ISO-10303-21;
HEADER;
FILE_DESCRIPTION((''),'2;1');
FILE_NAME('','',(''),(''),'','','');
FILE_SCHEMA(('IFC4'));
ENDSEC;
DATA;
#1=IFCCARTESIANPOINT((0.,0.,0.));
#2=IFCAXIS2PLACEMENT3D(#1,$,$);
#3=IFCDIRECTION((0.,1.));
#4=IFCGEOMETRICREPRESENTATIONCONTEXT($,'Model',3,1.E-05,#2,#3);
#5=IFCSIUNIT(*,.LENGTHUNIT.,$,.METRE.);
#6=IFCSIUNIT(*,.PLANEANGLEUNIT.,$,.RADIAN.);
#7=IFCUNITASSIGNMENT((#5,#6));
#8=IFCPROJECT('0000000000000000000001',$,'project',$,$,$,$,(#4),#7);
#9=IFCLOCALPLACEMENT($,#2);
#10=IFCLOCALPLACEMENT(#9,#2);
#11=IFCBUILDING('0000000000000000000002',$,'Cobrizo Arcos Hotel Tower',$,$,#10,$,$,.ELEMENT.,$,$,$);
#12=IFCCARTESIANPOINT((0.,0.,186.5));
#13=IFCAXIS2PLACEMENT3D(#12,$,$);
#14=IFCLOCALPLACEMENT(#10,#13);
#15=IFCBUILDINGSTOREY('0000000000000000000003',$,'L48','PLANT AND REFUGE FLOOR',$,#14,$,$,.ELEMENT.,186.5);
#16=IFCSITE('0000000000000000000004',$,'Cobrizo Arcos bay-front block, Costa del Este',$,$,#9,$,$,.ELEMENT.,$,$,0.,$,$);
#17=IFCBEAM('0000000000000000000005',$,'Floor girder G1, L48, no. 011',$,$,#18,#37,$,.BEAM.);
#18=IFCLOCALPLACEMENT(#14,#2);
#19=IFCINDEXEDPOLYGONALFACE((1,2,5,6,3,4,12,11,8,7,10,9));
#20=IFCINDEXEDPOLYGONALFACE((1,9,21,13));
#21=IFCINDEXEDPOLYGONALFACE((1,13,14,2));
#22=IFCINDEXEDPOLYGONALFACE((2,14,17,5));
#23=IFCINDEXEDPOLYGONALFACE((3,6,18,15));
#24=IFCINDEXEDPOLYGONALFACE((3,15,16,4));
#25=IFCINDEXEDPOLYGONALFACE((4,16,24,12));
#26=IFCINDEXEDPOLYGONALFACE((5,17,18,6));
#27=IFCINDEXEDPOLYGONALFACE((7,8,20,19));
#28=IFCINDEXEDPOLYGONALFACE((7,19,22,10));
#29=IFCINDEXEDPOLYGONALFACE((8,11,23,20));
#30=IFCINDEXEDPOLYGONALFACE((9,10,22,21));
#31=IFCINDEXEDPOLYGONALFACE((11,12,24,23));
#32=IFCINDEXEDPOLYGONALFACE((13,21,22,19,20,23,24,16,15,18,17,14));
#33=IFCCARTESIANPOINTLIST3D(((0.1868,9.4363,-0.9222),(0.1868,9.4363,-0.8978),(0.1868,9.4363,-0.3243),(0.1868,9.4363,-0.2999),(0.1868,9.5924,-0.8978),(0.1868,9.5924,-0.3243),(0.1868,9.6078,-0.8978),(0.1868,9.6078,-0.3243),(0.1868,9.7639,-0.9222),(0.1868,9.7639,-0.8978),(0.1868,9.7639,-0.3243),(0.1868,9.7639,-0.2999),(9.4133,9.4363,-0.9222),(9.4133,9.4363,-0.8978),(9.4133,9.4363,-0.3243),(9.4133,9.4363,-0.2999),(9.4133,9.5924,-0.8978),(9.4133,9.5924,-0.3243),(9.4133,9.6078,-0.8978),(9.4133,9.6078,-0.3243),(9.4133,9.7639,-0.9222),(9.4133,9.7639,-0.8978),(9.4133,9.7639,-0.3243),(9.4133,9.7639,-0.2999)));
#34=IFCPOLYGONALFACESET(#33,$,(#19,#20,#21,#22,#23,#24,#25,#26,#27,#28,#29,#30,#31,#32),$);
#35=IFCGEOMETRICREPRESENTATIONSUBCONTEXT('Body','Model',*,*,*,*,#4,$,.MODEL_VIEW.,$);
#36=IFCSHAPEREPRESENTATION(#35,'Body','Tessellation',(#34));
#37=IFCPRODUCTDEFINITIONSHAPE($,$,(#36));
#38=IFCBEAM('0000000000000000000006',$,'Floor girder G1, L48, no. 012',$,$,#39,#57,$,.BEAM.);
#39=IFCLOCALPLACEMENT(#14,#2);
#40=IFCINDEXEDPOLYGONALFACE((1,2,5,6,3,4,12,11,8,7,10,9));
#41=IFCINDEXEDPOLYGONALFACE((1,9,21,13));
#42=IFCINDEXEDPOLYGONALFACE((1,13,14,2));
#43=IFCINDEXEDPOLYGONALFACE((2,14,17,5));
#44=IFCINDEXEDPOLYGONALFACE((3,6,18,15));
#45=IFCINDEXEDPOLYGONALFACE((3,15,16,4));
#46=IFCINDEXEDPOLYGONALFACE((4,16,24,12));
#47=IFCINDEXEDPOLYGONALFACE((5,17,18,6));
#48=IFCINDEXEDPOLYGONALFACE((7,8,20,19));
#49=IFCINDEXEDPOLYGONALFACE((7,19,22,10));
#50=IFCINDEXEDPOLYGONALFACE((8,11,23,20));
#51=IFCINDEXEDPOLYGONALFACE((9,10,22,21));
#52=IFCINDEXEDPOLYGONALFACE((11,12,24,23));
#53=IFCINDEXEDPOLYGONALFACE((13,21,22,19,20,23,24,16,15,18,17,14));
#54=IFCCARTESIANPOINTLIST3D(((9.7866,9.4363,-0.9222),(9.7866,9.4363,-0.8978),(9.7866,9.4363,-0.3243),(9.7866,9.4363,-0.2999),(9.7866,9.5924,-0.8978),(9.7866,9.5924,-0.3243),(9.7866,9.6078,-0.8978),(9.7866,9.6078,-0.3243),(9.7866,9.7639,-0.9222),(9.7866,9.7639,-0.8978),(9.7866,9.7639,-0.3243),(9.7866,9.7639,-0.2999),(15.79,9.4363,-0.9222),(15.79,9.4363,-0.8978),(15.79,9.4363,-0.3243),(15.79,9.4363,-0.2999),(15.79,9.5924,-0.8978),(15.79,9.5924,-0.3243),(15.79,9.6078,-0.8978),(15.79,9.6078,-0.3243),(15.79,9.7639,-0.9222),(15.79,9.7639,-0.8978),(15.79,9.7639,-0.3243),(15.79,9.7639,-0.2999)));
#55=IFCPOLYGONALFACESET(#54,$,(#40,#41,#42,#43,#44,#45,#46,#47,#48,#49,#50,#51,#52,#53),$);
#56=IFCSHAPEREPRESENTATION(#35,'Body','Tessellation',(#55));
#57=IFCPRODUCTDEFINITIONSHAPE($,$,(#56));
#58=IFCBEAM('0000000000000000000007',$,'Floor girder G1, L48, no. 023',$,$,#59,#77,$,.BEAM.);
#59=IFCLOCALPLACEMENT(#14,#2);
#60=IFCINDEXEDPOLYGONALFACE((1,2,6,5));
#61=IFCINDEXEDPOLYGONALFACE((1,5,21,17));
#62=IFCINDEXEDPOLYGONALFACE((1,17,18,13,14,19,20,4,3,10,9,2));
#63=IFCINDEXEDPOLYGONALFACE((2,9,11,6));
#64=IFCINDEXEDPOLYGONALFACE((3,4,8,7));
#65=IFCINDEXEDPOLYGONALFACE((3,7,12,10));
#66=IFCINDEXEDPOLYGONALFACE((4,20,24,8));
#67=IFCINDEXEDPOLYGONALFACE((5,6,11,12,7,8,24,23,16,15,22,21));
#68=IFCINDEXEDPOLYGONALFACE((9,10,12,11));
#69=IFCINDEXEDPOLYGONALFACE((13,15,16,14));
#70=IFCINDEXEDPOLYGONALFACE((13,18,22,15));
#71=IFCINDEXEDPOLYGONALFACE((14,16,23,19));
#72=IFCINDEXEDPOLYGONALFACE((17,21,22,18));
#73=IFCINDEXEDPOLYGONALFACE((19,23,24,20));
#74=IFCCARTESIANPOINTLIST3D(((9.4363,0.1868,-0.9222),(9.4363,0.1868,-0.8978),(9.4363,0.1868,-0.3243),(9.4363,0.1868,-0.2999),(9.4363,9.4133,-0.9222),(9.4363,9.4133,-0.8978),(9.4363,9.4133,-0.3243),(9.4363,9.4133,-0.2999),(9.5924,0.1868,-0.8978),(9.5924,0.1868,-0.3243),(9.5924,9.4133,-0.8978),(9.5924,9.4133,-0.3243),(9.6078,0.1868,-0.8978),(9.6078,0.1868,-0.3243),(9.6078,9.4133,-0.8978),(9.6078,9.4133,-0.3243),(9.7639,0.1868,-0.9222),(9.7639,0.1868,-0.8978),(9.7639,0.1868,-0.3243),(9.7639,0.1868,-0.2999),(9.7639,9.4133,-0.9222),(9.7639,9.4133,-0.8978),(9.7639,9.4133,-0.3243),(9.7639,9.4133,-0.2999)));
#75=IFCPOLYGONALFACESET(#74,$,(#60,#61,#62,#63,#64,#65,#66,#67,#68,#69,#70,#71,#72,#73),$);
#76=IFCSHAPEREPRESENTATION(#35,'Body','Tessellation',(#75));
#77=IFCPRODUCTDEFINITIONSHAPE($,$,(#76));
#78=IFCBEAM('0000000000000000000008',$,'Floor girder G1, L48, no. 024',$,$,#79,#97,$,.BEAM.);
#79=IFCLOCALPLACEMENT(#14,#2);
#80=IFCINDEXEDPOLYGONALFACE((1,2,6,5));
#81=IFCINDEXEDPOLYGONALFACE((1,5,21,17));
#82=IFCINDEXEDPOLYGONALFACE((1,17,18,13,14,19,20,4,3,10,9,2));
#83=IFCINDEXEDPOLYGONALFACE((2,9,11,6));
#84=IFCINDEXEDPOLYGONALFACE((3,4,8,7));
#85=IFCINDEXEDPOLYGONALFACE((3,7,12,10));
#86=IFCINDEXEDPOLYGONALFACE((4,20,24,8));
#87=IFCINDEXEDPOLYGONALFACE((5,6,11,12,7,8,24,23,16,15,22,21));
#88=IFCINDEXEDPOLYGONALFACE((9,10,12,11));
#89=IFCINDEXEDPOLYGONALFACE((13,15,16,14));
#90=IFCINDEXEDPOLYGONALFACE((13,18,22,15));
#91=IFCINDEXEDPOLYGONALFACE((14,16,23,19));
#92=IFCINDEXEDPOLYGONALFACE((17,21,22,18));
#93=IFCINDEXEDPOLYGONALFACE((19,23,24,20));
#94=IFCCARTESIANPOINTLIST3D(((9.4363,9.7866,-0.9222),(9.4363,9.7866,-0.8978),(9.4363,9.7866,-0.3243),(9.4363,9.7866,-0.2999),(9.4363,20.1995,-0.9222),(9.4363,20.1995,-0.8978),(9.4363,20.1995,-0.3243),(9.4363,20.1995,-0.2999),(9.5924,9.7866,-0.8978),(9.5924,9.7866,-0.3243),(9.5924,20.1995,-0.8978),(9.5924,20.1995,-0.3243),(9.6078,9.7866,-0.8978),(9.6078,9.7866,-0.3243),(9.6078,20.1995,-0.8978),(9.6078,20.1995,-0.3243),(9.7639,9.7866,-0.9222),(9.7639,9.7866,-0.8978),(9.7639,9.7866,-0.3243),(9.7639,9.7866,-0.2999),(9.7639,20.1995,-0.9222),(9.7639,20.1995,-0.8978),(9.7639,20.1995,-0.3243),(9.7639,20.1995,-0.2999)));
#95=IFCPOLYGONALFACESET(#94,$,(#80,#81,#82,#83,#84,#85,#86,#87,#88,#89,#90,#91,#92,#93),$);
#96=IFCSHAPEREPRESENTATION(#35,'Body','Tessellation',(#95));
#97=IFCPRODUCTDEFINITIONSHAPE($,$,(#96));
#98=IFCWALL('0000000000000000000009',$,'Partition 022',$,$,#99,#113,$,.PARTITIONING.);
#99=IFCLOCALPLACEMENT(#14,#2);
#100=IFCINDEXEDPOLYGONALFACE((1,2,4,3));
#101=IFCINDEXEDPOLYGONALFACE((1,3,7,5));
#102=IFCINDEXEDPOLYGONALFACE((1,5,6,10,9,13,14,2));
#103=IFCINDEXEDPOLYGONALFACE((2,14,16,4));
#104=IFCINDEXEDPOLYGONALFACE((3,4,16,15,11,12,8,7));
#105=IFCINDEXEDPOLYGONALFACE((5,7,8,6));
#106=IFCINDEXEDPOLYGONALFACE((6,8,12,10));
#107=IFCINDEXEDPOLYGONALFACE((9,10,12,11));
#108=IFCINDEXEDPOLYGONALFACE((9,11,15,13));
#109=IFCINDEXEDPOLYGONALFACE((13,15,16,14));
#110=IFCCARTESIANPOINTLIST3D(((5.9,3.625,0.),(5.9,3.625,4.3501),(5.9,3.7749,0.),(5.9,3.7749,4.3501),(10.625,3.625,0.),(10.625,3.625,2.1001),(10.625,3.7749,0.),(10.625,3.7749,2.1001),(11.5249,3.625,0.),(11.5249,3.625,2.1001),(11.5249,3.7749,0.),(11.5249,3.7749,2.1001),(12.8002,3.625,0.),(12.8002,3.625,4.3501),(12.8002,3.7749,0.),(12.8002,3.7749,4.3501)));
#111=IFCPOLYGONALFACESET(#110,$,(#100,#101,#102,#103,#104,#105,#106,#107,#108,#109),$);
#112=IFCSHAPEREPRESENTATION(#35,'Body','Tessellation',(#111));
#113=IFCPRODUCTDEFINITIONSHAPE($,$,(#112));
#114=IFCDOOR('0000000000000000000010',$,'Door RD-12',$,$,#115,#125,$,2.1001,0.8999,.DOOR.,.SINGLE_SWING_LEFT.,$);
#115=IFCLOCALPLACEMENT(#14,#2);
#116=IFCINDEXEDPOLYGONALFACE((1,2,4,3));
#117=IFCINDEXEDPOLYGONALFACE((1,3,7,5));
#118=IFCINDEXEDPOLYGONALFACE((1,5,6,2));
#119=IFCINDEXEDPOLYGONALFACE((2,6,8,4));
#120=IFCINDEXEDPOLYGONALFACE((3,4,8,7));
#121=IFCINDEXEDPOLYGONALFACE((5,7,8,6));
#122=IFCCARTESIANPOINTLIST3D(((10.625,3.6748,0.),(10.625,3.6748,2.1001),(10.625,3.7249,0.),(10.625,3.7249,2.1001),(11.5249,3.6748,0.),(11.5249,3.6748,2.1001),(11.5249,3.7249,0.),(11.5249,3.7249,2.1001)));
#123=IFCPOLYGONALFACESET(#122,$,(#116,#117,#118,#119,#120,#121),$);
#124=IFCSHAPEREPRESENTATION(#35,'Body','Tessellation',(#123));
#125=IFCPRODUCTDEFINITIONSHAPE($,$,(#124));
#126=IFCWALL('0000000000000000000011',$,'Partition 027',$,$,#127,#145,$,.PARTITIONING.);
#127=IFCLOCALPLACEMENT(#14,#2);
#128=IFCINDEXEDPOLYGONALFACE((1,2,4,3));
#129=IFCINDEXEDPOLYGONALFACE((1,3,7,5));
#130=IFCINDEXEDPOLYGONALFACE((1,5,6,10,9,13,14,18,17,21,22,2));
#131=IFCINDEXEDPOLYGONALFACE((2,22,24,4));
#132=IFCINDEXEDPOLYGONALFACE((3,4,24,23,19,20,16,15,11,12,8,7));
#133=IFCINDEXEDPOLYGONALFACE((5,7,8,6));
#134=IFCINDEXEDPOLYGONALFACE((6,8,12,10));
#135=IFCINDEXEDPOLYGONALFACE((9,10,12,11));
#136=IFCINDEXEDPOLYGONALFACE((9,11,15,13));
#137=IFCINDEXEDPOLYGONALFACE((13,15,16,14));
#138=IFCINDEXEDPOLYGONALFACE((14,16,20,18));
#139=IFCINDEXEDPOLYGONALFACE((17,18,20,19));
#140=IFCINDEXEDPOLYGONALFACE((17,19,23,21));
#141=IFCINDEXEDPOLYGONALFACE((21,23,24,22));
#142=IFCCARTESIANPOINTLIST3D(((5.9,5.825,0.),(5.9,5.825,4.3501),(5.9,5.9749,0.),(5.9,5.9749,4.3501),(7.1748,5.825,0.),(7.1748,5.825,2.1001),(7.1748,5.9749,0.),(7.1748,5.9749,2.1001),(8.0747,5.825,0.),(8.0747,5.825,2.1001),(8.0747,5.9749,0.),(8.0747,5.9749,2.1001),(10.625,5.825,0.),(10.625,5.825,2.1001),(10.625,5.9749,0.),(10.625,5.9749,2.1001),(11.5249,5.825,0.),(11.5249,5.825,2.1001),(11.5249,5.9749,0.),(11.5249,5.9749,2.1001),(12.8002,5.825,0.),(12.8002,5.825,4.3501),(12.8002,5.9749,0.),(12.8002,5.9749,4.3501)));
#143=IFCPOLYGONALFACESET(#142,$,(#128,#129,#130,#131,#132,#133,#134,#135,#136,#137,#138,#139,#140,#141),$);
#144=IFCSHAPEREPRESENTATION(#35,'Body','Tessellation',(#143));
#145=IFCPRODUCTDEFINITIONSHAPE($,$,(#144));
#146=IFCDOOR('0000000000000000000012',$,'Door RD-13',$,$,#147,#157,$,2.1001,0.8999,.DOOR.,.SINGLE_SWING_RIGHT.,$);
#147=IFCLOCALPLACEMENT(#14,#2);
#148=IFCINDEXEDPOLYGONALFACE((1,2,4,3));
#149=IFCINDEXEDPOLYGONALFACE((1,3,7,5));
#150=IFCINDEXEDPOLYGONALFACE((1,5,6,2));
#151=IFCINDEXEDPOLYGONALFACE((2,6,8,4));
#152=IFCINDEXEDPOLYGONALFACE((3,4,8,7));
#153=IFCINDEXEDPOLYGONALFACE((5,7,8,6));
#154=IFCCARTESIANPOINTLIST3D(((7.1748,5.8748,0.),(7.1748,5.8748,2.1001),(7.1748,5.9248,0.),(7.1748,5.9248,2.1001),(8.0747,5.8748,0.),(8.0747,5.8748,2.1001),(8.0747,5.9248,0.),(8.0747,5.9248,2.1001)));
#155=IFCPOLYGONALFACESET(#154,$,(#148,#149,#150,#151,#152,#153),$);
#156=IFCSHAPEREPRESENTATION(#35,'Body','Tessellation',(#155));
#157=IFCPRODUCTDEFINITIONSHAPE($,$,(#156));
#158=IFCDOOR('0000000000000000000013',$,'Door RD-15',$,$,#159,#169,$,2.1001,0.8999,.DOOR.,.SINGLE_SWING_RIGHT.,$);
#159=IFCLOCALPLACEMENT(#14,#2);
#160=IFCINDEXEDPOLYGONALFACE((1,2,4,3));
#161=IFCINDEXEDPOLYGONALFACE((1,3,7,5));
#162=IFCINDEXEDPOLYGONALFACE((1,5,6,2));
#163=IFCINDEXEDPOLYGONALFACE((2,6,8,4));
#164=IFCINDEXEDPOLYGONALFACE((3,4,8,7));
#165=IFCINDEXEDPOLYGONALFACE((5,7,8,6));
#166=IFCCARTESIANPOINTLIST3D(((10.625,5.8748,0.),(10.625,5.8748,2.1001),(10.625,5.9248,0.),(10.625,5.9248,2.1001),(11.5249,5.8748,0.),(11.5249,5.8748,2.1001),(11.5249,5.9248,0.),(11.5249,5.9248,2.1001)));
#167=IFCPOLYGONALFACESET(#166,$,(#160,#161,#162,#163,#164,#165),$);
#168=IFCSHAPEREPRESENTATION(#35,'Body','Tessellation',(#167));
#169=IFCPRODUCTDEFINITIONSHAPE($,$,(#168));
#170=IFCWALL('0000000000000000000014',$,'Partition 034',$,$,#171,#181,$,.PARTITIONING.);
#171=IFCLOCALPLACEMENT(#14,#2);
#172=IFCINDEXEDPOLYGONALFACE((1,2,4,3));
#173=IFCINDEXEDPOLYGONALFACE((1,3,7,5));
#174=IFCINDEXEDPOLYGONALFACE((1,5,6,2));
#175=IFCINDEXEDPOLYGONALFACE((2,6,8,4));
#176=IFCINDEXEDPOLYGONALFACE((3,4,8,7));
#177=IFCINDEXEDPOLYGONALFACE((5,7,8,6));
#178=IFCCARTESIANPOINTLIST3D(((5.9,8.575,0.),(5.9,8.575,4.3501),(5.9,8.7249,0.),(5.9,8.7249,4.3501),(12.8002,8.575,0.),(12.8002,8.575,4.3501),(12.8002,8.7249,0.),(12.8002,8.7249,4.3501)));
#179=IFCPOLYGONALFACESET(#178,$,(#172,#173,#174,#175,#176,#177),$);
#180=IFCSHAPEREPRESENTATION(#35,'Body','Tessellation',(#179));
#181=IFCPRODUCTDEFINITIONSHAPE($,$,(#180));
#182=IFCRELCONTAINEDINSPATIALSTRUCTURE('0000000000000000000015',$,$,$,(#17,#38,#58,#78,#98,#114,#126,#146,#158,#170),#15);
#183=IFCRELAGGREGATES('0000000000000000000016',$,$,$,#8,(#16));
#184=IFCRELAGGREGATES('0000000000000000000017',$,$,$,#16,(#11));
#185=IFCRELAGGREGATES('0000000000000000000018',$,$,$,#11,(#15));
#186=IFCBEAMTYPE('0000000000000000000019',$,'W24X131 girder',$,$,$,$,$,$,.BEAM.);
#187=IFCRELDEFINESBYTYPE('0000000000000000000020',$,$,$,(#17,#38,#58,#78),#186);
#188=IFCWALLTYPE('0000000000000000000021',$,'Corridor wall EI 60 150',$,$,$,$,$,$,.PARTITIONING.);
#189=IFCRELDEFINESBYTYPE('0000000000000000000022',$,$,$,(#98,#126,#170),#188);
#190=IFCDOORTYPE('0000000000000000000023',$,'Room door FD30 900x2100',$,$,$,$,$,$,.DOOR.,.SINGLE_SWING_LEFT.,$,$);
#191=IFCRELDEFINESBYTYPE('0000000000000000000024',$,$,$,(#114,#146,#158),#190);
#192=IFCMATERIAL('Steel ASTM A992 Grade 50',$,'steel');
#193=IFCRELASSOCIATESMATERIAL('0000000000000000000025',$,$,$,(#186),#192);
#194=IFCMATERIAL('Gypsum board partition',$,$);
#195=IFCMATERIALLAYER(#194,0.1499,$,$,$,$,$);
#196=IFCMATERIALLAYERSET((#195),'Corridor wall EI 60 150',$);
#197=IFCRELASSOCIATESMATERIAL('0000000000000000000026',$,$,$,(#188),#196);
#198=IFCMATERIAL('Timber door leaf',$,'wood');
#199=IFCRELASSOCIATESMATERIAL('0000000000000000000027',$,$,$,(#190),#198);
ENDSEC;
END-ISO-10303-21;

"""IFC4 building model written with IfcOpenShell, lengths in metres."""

from ifc_helpers import new_model, si_unit, direction, frame, frame_2d, origin, origin_2d, place, context, subcontext, project, spatial, rectangle, i_section, extrude, material, layer, layer_set, material_profile, profile_set, type_object, element, fill, save


model = new_model("IFC4")

# Units and contexts
model_context = context("Model", 3, precision=1e-05, world=origin(), true_north=direction((0.0, 1.0)))
body_context = subcontext(model_context, "Body", "Model", "MODEL_VIEW")
ifc_project = project(units=[si_unit("LENGTHUNIT", "METRE"), si_unit("PLANEANGLEUNIT", "RADIAN")], contexts=[model_context])

# Site, building, storey
site_placement = place(None, origin())
site = spatial("IfcSite", under=ifc_project, at=site_placement, Name="Cobrizo Arcos bay-front block, Costa del Este", CompositionType="ELEMENT", RefElevation=0.0)
building_placement = place(site_placement, origin())
building = spatial("IfcBuilding", under=site, at=building_placement, Name="Cobrizo Arcos Hotel Tower", CompositionType="ELEMENT")
storey_placement = place(building_placement, frame((0.0, 0.0, 186.5)))
storey = spatial("IfcBuildingStorey", under=building, at=storey_placement, Name="L48", Description="PLANT AND REFUGE FLOOR", CompositionType="ELEMENT", Elevation=186.5)

# Shared definitions
ifc_material_1 = material(Name="Steel ASTM A992 Grade 50", Category="steel")

# Beams
ifc_material_profile_1 = material_profile(ifc_material_1, i_section(OverallWidth=0.3276, OverallDepth=0.6223, WebThickness=0.0154, FlangeThickness=0.0244, at=origin_2d()), Name="W24X131")
ifc_profile_set_1 = profile_set([ifc_material_profile_1], Name="Steel ASTM A992 Grade 50")
beam_type_1 = type_object("IfcBeamType", Name="W24X131 girder", PredefinedType="BEAM", material=ifc_profile_set_1)
beam_1_placement = place(storey_placement, frame((0.1868, 9.6001, -0.6111), z_axis=(1.0, 0.0, 0.0), x_axis=(0.0, 1.0, 0.0)))
element("IfcBeam", 1, at=beam_1_placement, inside=storey, type_object=beam_type_1, Name="Floor girder G1, L48, no. 011", PredefinedType="BEAM", context=body_context, shape_type="SweptSolid", body=[
    extrude(i_section(OverallWidth=0.3276, OverallDepth=0.6223, WebThickness=0.0154, FlangeThickness=0.0244, at=origin_2d()), origin(), (0.0, 0.0, 1.0), 9.2266),
])
beam_2_placement = place(storey_placement, frame((9.7866, 9.6001, -0.6111), z_axis=(1.0, 0.0, 0.0), x_axis=(0.0, 1.0, 0.0)))
element("IfcBeam", 2, at=beam_2_placement, inside=storey, type_object=beam_type_1, Name="Floor girder G1, L48, no. 012", PredefinedType="BEAM", context=body_context, shape_type="SweptSolid", body=[
    extrude(i_section(OverallWidth=0.3276, OverallDepth=0.6223, WebThickness=0.0154, FlangeThickness=0.0244, at=origin_2d()), origin(), (0.0, 0.0, 1.0), 6.0034),
])
beam_3_placement = place(storey_placement, frame((9.6001, 0.1868, -0.6111), z_axis=(0.0, 1.0, 0.0), x_axis=(-1.0, 0.0, 0.0)))
element("IfcBeam", 3, at=beam_3_placement, inside=storey, type_object=beam_type_1, Name="Floor girder G1, L48, no. 023", PredefinedType="BEAM", context=body_context, shape_type="SweptSolid", body=[
    extrude(i_section(OverallWidth=0.3276, OverallDepth=0.6223, WebThickness=0.0154, FlangeThickness=0.0244, at=origin_2d()), origin(), (0.0, 0.0, 1.0), 9.2266),
])
beam_4_placement = place(storey_placement, frame((9.6001, 9.7866, -0.6111), z_axis=(0.0, 1.0, 0.0), x_axis=(-1.0, 0.0, 0.0)))
element("IfcBeam", 4, at=beam_4_placement, inside=storey, type_object=beam_type_1, Name="Floor girder G1, L48, no. 024", PredefinedType="BEAM", context=body_context, shape_type="SweptSolid", body=[
    extrude(i_section(OverallWidth=0.3276, OverallDepth=0.6223, WebThickness=0.0154, FlangeThickness=0.0244, at=origin_2d()), origin(), (0.0, 0.0, 1.0), 10.4128),
])

# Wall, opening, door
ifc_material_2 = material(Name="Gypsum board partition")
ifc_layer_1 = layer(ifc_material_2, 0.1499)
ifc_layer_set_1 = layer_set([ifc_layer_1], Name="Corridor wall EI 60 150")
wall_type_1 = type_object("IfcWallType", Name="Corridor wall EI 60 150", PredefinedType="PARTITIONING", material=ifc_layer_set_1)
wall_1_placement = place(storey_placement, frame((5.8999, 3.7, 0.0), z_axis=(0.0, 0.0, 1.0), x_axis=(1.0, 0.0, 0.0)))
wall_1 = element("IfcWall", 5, at=wall_1_placement, inside=storey, type_object=wall_type_1, Name="Partition 022", PredefinedType="PARTITIONING", context=body_context, shape_type="SweptSolid", body=[
    extrude(rectangle(XDim=6.9001, YDim=0.1499, at=frame_2d((3.4502, 0.0))), origin(), (0.0, 0.0, 1.0), 4.3501),
])
opening_1_placement = place(wall_1_placement, frame((4.7251, 0.0, 0.0)))
opening_1 = element("IfcOpeningElement", 6, at=opening_1_placement, cuts=wall_1, PredefinedType="OPENING", context=body_context, shape_type="SweptSolid", body=[
    extrude(rectangle(XDim=0.8999, YDim=2.1001, at=frame_2d((0.45, 1.05))), frame((0.0, 0.0869, 0.0), z_axis=(0.0, -1.0, 0.0), x_axis=(1.0, 0.0, 0.0)), (0.0, 0.0, 1.0), 0.1738),
])
ifc_material_3 = material(Name="Timber door leaf", Category="wood")
door_type_1 = type_object("IfcDoorType", Name="Room door FD30 900x2100", OperationType="SINGLE_SWING_LEFT", PredefinedType="DOOR", material=ifc_material_3)
door_1_placement = place(opening_1_placement, origin())
door_1 = element("IfcDoor", 7, at=door_1_placement, inside=storey, type_object=door_type_1, Name="Door RD-12", OperationType="SINGLE_SWING_LEFT", OverallHeight=2.1001, OverallWidth=0.8999, PredefinedType="DOOR", context=body_context, shape_type="SweptSolid", body=[
    extrude(rectangle(XDim=0.8999, YDim=2.1001, at=frame_2d((0.45, 1.05))), frame((0.0, 0.0249, 0.0), z_axis=(0.0, -1.0, 0.0), x_axis=(1.0, 0.0, 0.0)), (0.0, 0.0, 1.0), 0.05),
])
fill(opening_1, door_1)

# Wall, openings, doors
wall_2_placement = place(storey_placement, frame((5.8999, 5.8999, 0.0), z_axis=(0.0, 0.0, 1.0), x_axis=(1.0, 0.0, 0.0)))
wall_2 = element("IfcWall", 8, at=wall_2_placement, inside=storey, type_object=wall_type_1, Name="Partition 027", PredefinedType="PARTITIONING", context=body_context, shape_type="SweptSolid", body=[
    extrude(rectangle(XDim=6.9001, YDim=0.1499, at=frame_2d((3.4502, 0.0))), origin(), (0.0, 0.0, 1.0), 4.3501),
])
opening_2_placement = place(wall_2_placement, frame((1.2749, 0.0, 0.0)))
opening_2 = element("IfcOpeningElement", 9, at=opening_2_placement, cuts=wall_2, PredefinedType="OPENING", context=body_context, shape_type="SweptSolid", body=[
    extrude(rectangle(XDim=0.8999, YDim=2.1001, at=frame_2d((0.45, 1.05))), frame((0.0, 0.0869, 0.0), z_axis=(0.0, -1.0, 0.0), x_axis=(1.0, 0.0, 0.0)), (0.0, 0.0, 1.0), 0.1738),
])
opening_3_placement = place(wall_2_placement, frame((4.7251, 0.0, 0.0)))
opening_3 = element("IfcOpeningElement", 10, at=opening_3_placement, cuts=wall_2, PredefinedType="OPENING", context=body_context, shape_type="SweptSolid", body=[
    extrude(rectangle(XDim=0.8999, YDim=2.1001, at=frame_2d((0.45, 1.05))), frame((0.0, 0.0869, 0.0), z_axis=(0.0, -1.0, 0.0), x_axis=(1.0, 0.0, 0.0)), (0.0, 0.0, 1.0), 0.1738),
])
door_2_placement = place(opening_2_placement, origin())
door_2 = element("IfcDoor", 11, at=door_2_placement, inside=storey, type_object=door_type_1, Name="Door RD-13", OperationType="SINGLE_SWING_RIGHT", OverallHeight=2.1001, OverallWidth=0.8999, PredefinedType="DOOR", context=body_context, shape_type="SweptSolid", body=[
    extrude(rectangle(XDim=0.8999, YDim=2.1001, at=frame_2d((0.45, 1.05))), frame((0.0, 0.0249, 0.0), z_axis=(0.0, -1.0, 0.0), x_axis=(1.0, 0.0, 0.0)), (0.0, 0.0, 1.0), 0.05),
])
fill(opening_2, door_2)
door_3_placement = place(opening_3_placement, origin())
door_3 = element("IfcDoor", 12, at=door_3_placement, inside=storey, type_object=door_type_1, Name="Door RD-15", OperationType="SINGLE_SWING_RIGHT", OverallHeight=2.1001, OverallWidth=0.8999, PredefinedType="DOOR", context=body_context, shape_type="SweptSolid", body=[
    extrude(rectangle(XDim=0.8999, YDim=2.1001, at=frame_2d((0.45, 1.05))), frame((0.0, 0.0249, 0.0), z_axis=(0.0, -1.0, 0.0), x_axis=(1.0, 0.0, 0.0)), (0.0, 0.0, 1.0), 0.05),
])
fill(opening_3, door_3)

# Wall
wall_3_placement = place(storey_placement, frame((5.8999, 8.6499, 0.0), z_axis=(0.0, 0.0, 1.0), x_axis=(1.0, 0.0, 0.0)))
element("IfcWall", 13, at=wall_3_placement, inside=storey, type_object=wall_type_1, Name="Partition 034", PredefinedType="PARTITIONING", context=body_context, shape_type="SweptSolid", body=[
    extrude(rectangle(XDim=6.9001, YDim=0.1499, at=frame_2d((3.4502, 0.0))), origin(), (0.0, 0.0, 1.0), 4.3501),
])

save(model, "model.ifc")
